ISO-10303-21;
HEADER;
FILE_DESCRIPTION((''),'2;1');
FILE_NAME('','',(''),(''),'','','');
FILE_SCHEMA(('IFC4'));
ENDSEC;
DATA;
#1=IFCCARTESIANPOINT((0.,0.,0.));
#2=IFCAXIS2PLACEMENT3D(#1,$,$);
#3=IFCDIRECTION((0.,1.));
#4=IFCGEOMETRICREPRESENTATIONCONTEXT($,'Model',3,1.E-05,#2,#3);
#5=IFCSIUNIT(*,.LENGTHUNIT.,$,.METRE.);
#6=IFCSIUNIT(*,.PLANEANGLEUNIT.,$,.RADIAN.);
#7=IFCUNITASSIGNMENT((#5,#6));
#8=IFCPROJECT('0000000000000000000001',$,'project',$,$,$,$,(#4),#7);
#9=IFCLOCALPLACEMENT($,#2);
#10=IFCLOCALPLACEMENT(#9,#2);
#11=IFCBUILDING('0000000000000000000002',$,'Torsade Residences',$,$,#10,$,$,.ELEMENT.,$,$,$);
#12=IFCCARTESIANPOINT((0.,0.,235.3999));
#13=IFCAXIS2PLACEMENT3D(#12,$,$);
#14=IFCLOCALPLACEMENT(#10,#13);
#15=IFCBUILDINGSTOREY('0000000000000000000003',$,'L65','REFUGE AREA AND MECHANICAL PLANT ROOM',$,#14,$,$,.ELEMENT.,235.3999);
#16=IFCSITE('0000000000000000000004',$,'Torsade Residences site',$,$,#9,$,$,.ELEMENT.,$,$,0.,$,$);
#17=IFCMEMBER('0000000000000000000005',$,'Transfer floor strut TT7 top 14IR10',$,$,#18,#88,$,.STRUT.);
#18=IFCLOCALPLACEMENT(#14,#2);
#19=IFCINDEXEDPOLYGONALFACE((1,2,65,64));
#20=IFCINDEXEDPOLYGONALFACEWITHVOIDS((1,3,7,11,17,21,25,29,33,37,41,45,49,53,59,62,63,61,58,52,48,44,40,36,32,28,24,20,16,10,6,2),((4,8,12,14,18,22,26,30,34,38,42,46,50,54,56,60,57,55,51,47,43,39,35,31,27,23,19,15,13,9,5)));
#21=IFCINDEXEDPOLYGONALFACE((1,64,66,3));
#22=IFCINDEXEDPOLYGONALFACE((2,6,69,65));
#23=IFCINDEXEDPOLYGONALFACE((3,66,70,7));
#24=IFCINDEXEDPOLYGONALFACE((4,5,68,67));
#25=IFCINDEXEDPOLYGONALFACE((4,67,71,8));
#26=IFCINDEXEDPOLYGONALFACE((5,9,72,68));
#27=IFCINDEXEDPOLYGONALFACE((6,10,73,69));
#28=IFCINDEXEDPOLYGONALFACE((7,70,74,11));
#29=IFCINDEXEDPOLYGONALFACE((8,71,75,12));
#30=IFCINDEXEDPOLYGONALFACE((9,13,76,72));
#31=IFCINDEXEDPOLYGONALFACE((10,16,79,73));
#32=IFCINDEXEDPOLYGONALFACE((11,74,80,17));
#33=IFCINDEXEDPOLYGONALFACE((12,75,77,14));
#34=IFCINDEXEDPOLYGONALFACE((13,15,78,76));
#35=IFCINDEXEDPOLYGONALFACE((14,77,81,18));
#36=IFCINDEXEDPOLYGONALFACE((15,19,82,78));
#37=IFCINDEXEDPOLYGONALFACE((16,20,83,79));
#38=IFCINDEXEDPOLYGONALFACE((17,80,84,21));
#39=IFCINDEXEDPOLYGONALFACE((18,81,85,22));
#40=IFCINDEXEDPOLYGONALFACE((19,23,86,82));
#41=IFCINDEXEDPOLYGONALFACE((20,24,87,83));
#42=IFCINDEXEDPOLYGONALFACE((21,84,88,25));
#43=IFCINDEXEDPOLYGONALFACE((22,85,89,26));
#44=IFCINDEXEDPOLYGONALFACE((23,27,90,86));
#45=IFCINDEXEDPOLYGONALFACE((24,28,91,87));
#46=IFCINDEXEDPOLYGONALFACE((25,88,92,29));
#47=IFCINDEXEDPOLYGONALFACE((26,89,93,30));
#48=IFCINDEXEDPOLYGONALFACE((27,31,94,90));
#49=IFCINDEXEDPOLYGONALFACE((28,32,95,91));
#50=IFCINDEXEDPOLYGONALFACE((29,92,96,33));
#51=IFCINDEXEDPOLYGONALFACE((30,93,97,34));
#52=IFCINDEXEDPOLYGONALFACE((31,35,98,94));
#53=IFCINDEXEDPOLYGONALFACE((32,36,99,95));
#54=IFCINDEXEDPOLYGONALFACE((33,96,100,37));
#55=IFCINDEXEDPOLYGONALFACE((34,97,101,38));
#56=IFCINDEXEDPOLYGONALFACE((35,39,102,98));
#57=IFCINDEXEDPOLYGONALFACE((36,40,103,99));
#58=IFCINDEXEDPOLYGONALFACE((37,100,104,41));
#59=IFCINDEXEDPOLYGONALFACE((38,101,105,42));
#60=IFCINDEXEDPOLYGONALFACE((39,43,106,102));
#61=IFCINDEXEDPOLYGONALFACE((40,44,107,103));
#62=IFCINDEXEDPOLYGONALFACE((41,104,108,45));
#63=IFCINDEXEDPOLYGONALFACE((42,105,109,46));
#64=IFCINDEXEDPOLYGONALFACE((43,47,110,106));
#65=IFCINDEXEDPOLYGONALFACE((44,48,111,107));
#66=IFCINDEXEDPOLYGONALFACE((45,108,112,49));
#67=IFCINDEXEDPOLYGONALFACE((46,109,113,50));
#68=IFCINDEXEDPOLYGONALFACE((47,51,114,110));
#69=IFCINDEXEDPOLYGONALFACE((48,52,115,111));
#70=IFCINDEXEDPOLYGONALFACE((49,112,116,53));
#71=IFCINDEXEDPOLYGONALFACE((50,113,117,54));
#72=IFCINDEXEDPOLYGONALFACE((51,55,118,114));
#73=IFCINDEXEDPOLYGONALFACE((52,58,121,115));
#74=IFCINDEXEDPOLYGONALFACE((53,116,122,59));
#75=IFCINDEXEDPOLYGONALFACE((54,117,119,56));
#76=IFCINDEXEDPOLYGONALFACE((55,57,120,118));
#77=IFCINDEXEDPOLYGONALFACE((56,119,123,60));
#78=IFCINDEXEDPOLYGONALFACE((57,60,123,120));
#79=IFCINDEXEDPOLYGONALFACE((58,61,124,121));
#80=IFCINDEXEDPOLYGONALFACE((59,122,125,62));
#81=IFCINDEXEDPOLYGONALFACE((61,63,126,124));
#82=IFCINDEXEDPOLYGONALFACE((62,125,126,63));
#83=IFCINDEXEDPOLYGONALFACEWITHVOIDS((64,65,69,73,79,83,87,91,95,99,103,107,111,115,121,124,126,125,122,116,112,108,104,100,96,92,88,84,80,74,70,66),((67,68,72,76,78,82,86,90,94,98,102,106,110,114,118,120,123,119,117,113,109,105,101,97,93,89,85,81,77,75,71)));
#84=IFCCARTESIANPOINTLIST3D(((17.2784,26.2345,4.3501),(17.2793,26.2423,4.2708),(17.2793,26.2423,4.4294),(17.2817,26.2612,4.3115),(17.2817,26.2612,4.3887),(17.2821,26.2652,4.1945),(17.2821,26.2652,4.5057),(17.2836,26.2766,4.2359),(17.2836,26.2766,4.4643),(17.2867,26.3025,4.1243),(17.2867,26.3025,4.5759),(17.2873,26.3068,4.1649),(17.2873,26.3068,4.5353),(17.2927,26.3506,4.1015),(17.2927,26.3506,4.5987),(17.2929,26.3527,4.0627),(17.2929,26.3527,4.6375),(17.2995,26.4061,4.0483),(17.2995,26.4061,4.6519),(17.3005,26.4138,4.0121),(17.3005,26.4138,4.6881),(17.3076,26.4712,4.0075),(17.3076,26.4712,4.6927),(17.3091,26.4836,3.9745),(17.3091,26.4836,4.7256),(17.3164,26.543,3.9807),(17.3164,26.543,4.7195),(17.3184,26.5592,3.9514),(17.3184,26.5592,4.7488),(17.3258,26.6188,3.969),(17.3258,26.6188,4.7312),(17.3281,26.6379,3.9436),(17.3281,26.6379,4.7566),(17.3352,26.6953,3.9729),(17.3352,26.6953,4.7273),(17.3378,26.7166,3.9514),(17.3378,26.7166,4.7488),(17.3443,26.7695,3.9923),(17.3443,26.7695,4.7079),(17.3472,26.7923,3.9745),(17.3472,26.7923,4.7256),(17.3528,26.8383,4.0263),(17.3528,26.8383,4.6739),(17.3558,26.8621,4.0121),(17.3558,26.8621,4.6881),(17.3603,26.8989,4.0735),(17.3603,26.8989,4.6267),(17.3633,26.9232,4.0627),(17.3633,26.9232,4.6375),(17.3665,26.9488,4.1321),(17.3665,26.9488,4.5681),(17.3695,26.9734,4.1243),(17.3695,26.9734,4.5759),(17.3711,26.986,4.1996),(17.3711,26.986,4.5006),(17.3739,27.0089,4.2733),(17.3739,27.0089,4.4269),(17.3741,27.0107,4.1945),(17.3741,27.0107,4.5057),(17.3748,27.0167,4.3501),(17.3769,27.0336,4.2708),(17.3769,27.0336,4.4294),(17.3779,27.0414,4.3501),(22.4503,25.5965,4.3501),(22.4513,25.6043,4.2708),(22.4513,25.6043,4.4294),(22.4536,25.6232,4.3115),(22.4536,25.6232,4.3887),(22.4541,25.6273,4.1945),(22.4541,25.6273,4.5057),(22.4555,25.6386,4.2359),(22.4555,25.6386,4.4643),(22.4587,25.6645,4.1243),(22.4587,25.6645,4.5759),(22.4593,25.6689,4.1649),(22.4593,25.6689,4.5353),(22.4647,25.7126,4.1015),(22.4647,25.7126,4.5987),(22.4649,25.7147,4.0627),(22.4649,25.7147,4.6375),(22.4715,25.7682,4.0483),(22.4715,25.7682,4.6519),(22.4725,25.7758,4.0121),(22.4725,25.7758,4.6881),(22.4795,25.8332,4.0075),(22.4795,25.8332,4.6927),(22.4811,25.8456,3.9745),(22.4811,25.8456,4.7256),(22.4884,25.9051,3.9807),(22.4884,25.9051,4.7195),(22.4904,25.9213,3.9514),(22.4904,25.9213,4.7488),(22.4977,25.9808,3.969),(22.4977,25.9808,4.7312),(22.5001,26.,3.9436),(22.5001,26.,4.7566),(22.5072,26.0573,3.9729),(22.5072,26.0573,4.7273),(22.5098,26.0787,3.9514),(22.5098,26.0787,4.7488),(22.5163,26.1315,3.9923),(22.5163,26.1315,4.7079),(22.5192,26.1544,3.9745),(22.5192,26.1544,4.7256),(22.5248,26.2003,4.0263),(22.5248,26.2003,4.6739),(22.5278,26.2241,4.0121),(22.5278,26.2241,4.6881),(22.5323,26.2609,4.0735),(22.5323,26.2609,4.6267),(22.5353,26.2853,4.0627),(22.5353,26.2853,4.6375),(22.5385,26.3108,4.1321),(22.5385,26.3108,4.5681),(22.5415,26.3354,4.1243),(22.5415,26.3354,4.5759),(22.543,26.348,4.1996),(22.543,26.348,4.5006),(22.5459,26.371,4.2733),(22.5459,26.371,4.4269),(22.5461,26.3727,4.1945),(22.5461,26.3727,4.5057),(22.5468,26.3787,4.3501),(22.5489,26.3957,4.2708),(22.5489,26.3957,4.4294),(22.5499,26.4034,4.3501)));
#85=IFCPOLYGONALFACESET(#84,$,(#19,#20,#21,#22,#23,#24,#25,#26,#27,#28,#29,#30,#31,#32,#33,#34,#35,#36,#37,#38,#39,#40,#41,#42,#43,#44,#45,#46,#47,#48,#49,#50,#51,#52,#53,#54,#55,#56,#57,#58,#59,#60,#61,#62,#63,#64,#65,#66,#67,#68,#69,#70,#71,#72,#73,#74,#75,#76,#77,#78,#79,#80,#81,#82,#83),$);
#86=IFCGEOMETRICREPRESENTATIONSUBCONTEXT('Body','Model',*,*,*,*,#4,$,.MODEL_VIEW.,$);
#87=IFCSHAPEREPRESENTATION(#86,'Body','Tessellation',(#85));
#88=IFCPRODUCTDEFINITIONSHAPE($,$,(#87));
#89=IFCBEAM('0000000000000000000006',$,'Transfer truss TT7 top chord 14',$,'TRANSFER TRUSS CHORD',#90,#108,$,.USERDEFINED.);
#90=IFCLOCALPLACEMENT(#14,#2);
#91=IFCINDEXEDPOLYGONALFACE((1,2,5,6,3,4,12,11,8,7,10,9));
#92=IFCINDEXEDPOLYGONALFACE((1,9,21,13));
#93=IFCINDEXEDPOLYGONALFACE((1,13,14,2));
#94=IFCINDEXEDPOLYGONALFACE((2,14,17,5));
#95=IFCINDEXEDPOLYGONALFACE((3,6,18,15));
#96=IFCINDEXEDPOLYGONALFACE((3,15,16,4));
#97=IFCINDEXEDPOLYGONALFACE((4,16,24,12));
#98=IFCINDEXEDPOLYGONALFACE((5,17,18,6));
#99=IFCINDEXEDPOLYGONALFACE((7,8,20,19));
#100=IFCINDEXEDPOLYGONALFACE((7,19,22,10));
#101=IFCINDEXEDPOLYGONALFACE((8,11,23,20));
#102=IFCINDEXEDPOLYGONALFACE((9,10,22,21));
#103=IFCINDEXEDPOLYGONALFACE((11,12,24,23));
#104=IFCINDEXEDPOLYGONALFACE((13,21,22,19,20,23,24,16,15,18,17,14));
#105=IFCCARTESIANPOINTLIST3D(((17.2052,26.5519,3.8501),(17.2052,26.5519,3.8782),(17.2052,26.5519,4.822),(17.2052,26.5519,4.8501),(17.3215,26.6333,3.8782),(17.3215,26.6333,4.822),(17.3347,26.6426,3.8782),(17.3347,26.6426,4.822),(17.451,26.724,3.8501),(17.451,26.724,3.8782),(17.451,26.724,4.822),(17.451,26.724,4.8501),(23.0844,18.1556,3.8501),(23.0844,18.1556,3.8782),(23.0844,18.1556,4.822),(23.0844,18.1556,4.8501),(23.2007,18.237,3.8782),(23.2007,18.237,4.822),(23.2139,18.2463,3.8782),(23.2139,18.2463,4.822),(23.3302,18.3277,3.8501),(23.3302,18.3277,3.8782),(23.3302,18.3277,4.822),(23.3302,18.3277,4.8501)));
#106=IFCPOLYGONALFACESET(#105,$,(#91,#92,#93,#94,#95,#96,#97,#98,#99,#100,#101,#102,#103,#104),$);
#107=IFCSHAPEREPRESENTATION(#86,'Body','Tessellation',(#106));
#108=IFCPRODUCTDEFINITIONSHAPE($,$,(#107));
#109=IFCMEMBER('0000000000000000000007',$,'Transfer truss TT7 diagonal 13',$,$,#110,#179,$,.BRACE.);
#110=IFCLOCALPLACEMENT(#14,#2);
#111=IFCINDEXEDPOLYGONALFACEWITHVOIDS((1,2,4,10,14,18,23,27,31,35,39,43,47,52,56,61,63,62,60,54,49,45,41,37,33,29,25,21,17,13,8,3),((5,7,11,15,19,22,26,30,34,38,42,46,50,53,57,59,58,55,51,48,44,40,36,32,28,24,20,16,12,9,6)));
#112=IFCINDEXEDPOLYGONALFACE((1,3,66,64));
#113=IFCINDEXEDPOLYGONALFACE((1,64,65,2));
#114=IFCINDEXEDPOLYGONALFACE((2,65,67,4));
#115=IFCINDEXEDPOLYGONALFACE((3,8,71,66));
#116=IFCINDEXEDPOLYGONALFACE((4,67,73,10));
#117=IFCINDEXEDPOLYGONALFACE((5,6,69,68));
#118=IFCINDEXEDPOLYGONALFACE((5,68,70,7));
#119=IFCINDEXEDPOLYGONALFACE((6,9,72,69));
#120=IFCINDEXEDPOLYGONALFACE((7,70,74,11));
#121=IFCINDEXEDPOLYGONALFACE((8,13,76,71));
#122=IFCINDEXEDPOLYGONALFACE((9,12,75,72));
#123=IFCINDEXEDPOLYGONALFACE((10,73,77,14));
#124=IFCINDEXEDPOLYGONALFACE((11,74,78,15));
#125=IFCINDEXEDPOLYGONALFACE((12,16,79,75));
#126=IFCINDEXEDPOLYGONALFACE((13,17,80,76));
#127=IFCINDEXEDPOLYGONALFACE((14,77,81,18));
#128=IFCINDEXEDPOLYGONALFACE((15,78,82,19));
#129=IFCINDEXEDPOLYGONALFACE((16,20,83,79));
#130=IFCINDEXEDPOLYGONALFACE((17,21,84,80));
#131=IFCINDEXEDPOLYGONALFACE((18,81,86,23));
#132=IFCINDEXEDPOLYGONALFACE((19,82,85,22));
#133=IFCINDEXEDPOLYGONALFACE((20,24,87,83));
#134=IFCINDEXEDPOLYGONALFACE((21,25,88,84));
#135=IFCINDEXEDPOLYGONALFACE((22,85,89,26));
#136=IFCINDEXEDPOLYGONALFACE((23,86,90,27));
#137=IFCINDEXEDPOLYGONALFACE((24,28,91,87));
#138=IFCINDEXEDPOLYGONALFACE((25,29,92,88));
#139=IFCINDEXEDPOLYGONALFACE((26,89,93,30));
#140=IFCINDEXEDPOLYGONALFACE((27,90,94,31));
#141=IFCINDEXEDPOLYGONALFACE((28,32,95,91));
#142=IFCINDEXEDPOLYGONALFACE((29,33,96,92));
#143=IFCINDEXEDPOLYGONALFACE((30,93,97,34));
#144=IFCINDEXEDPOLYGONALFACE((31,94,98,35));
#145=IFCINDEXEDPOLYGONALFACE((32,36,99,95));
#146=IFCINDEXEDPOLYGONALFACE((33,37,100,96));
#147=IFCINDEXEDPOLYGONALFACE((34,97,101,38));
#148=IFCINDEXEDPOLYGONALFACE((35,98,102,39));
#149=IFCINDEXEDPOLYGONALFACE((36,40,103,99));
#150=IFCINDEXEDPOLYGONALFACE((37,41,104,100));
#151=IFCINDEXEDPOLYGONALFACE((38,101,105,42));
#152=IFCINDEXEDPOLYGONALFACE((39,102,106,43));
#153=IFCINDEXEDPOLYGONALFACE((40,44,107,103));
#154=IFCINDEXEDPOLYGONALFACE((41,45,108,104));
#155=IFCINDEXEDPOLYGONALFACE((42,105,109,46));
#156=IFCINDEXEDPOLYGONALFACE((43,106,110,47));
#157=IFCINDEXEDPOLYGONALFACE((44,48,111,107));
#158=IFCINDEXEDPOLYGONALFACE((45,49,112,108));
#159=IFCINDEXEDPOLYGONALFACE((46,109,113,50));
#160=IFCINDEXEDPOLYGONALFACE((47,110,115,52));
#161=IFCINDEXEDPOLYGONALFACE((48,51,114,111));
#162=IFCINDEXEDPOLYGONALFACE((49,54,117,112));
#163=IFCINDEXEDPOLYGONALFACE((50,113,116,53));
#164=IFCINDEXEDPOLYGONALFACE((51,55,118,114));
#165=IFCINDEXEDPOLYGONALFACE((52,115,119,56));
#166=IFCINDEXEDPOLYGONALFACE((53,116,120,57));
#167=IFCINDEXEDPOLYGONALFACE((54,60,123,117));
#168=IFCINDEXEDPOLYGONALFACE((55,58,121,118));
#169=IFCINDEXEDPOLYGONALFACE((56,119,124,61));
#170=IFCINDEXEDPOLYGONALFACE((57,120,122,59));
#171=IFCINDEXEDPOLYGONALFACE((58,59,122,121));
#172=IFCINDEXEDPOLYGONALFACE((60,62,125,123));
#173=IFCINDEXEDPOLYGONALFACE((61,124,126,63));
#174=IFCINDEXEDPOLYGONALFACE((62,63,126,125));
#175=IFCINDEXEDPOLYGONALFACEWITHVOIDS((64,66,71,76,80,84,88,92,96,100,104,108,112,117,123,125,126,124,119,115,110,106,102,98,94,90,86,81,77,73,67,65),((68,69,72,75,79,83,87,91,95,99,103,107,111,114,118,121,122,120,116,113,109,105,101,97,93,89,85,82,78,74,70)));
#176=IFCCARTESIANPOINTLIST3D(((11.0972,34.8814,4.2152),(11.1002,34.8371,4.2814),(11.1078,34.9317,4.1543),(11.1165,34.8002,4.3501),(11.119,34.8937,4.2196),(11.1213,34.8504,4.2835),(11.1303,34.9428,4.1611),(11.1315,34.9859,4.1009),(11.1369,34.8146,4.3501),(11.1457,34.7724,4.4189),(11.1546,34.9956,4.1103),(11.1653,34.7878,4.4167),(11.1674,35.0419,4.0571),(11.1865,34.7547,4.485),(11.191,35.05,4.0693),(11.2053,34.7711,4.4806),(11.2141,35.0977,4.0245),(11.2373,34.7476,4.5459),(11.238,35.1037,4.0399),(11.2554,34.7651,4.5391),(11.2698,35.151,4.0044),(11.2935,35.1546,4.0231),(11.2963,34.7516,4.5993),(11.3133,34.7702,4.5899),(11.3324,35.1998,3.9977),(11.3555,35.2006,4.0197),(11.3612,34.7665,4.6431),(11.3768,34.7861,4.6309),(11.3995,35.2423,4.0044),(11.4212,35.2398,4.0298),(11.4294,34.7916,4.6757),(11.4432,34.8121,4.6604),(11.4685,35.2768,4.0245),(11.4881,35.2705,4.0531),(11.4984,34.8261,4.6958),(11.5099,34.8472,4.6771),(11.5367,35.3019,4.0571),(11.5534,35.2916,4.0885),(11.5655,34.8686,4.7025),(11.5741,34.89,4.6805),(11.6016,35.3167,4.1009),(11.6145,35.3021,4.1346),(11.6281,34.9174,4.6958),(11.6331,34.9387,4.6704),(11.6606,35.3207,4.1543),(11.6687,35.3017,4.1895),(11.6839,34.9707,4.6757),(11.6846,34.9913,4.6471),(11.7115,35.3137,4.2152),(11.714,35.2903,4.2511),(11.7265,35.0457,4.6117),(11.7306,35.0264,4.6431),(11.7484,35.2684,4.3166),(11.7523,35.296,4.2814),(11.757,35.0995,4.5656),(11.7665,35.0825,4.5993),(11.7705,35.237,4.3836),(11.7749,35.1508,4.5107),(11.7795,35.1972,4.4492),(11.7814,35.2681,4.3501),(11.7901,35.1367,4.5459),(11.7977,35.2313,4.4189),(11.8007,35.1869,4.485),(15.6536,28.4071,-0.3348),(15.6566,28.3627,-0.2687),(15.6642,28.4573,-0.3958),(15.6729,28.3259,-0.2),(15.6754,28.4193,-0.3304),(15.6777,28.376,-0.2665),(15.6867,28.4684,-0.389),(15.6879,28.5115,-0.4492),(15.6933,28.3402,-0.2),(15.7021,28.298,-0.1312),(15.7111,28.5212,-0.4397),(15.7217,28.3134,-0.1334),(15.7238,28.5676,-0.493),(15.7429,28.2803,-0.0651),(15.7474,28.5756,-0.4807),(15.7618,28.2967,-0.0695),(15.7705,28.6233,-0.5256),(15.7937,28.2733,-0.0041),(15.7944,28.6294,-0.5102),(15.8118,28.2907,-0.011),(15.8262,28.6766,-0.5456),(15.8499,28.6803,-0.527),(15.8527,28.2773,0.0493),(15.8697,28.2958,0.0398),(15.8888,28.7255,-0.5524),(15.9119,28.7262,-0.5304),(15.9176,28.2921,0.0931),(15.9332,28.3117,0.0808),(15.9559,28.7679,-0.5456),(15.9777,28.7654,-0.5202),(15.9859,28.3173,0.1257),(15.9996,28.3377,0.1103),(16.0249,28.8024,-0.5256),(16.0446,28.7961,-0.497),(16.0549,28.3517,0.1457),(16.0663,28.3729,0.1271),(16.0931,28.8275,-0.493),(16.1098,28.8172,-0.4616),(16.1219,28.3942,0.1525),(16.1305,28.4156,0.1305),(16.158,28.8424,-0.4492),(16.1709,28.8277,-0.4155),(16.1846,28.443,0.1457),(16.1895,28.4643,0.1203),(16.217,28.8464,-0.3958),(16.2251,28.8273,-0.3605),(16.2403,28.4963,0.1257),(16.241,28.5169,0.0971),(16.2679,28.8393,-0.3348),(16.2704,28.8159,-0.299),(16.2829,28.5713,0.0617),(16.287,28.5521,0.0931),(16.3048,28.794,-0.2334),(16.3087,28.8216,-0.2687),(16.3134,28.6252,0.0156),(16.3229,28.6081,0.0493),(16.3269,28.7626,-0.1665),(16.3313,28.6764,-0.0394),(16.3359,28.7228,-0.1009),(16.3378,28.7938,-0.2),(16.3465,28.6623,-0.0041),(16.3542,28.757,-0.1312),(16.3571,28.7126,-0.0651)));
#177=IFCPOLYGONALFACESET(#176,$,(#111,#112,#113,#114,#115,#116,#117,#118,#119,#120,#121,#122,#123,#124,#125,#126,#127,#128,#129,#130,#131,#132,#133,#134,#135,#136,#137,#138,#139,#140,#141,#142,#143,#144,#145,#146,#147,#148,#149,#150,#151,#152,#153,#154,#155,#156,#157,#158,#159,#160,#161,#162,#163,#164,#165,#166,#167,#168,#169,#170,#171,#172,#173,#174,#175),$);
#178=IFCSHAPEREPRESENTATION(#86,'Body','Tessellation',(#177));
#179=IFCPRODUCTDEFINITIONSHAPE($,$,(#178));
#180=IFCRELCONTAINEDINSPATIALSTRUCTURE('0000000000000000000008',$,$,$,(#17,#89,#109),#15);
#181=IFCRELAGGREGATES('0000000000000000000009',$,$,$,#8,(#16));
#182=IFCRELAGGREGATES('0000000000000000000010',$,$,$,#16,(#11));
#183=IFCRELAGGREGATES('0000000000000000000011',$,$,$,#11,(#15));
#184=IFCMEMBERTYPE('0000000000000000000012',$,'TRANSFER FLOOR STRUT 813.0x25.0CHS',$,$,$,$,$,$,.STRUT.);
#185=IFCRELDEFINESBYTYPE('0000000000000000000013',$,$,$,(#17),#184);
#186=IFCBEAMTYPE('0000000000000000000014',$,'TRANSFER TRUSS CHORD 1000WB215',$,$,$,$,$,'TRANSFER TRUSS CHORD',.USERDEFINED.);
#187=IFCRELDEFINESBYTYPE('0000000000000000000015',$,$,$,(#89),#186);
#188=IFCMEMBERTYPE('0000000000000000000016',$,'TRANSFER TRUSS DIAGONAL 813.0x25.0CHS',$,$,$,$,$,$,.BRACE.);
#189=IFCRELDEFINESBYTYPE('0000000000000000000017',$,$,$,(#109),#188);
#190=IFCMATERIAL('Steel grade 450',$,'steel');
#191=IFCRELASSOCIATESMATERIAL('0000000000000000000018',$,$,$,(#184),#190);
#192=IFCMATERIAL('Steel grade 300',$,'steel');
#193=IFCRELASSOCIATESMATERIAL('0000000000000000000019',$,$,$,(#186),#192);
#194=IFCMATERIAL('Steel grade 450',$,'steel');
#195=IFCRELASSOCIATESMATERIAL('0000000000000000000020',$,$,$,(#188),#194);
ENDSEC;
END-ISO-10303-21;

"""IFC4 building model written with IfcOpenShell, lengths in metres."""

from ifc_helpers import new_model, si_unit, direction, frame, origin, origin_2d, place, context, subcontext, project, spatial, hollow_circle, i_section, extrude, material, material_profile, profile_set, type_object, element, save


model = new_model("IFC4")

# Units and contexts
model_context = context("Model", 3, precision=1e-05, world=origin(), true_north=direction((0.0, 1.0)))
body_context = subcontext(model_context, "Body", "Model", "MODEL_VIEW")
ifc_project = project(units=[si_unit("LENGTHUNIT", "METRE"), si_unit("PLANEANGLEUNIT", "RADIAN")], contexts=[model_context])

# Site, building, storey
site_placement = place(None, origin())
site = spatial("IfcSite", under=ifc_project, at=site_placement, Name="Torsade Residences site", CompositionType="ELEMENT", RefElevation=0.0)
building_placement = place(site_placement, origin())
building = spatial("IfcBuilding", under=site, at=building_placement, Name="Torsade Residences", CompositionType="ELEMENT")
storey_placement = place(building_placement, frame((0.0, 0.0, 235.3999)))
storey = spatial("IfcBuildingStorey", under=building, at=storey_placement, Name="L65", Description="REFUGE AREA AND MECHANICAL PLANT ROOM", CompositionType="ELEMENT", Elevation=235.3999)

# Member
ifc_material_1 = material(Name="Steel grade 450", Category="steel")
ifc_material_profile_1 = material_profile(ifc_material_1, hollow_circle(Radius=0.4065, WallThickness=0.0249, at=origin_2d()), Name="813.0x25.0CHS")
ifc_profile_set_1 = profile_set([ifc_material_profile_1], Name="Steel grade 450")
member_type_1 = type_object("IfcMemberType", Name="TRANSFER FLOOR STRUT 813.0x25.0CHS", PredefinedType="STRUT", material=ifc_profile_set_1)
member_1_placement = place(storey_placement, frame((17.3281, 26.6379, 4.3501), z_axis=(0.992478, -0.12242, 0.0), x_axis=(0.12242, 0.992478, 0.0)))
element("IfcMember", 1, at=member_1_placement, inside=storey, type_object=member_type_1, Name="Transfer floor strut TT7 top 14IR10", PredefinedType="STRUT", context=body_context, shape_type="SweptSolid", body=[
    extrude(hollow_circle(Radius=0.4065, WallThickness=0.0249, at=origin_2d()), origin(), (0.0, 0.0, 1.0), 5.2112),
])

# Beam
ifc_material_2 = material(Name="Steel grade 300", Category="steel")
ifc_material_profile_2 = material_profile(ifc_material_2, i_section(OverallWidth=0.3, OverallDepth=1.0, WebThickness=0.0161, FlangeThickness=0.0281, at=origin_2d()), Name="1000WB215")
ifc_profile_set_2 = profile_set([ifc_material_profile_2], Name="Steel grade 300")
beam_type_1 = type_object("IfcBeamType", Name="TRANSFER TRUSS CHORD 1000WB215", ElementType="TRANSFER TRUSS CHORD", PredefinedType="USERDEFINED", material=ifc_profile_set_2)
beam_1_placement = place(storey_placement, frame((17.3281, 26.6379, 4.3501), z_axis=(0.573579, -0.81915, 0.0), x_axis=(0.81915, 0.573579, 0.0)))
element("IfcBeam", 2, at=beam_1_placement, inside=storey, type_object=beam_type_1, Name="Transfer truss TT7 top chord 14", ObjectType="TRANSFER TRUSS CHORD", PredefinedType="USERDEFINED", context=body_context, shape_type="SweptSolid", body=[
    extrude(i_section(OverallWidth=0.3, OverallDepth=1.0, WebThickness=0.0161, FlangeThickness=0.0281, at=origin_2d()), origin(), (0.0, 0.0, 1.0), 10.25),
])

# Member
ifc_material_3 = material(Name="Steel grade 450", Category="steel")
ifc_material_profile_3 = material_profile(ifc_material_3, hollow_circle(Radius=0.4065, WallThickness=0.0249, at=origin_2d()), Name="813.0x25.0CHS")
ifc_profile_set_3 = profile_set([ifc_material_profile_3], Name="Steel grade 450")
member_type_2 = type_object("IfcMemberType", Name="TRANSFER TRUSS DIAGONAL 813.0x25.0CHS", PredefinedType="BRACE", material=ifc_profile_set_3)
member_2_placement = place(storey_placement, frame((16.0054, 28.5598, -0.2), z_axis=(-0.498985, 0.709028, 0.49829), x_axis=(-0.817785, -0.575524, 0.0)))
element("IfcMember", 3, at=member_2_placement, inside=storey, type_object=member_type_2, Name="Transfer truss TT7 diagonal 13", PredefinedType="BRACE", context=body_context, shape_type="SweptSolid", body=[
    extrude(hollow_circle(Radius=0.4065, WallThickness=0.0249, at=origin_2d()), origin(), (0.0, 0.0, 1.0), 9.1313),
])

save(model, "model.ifc")
